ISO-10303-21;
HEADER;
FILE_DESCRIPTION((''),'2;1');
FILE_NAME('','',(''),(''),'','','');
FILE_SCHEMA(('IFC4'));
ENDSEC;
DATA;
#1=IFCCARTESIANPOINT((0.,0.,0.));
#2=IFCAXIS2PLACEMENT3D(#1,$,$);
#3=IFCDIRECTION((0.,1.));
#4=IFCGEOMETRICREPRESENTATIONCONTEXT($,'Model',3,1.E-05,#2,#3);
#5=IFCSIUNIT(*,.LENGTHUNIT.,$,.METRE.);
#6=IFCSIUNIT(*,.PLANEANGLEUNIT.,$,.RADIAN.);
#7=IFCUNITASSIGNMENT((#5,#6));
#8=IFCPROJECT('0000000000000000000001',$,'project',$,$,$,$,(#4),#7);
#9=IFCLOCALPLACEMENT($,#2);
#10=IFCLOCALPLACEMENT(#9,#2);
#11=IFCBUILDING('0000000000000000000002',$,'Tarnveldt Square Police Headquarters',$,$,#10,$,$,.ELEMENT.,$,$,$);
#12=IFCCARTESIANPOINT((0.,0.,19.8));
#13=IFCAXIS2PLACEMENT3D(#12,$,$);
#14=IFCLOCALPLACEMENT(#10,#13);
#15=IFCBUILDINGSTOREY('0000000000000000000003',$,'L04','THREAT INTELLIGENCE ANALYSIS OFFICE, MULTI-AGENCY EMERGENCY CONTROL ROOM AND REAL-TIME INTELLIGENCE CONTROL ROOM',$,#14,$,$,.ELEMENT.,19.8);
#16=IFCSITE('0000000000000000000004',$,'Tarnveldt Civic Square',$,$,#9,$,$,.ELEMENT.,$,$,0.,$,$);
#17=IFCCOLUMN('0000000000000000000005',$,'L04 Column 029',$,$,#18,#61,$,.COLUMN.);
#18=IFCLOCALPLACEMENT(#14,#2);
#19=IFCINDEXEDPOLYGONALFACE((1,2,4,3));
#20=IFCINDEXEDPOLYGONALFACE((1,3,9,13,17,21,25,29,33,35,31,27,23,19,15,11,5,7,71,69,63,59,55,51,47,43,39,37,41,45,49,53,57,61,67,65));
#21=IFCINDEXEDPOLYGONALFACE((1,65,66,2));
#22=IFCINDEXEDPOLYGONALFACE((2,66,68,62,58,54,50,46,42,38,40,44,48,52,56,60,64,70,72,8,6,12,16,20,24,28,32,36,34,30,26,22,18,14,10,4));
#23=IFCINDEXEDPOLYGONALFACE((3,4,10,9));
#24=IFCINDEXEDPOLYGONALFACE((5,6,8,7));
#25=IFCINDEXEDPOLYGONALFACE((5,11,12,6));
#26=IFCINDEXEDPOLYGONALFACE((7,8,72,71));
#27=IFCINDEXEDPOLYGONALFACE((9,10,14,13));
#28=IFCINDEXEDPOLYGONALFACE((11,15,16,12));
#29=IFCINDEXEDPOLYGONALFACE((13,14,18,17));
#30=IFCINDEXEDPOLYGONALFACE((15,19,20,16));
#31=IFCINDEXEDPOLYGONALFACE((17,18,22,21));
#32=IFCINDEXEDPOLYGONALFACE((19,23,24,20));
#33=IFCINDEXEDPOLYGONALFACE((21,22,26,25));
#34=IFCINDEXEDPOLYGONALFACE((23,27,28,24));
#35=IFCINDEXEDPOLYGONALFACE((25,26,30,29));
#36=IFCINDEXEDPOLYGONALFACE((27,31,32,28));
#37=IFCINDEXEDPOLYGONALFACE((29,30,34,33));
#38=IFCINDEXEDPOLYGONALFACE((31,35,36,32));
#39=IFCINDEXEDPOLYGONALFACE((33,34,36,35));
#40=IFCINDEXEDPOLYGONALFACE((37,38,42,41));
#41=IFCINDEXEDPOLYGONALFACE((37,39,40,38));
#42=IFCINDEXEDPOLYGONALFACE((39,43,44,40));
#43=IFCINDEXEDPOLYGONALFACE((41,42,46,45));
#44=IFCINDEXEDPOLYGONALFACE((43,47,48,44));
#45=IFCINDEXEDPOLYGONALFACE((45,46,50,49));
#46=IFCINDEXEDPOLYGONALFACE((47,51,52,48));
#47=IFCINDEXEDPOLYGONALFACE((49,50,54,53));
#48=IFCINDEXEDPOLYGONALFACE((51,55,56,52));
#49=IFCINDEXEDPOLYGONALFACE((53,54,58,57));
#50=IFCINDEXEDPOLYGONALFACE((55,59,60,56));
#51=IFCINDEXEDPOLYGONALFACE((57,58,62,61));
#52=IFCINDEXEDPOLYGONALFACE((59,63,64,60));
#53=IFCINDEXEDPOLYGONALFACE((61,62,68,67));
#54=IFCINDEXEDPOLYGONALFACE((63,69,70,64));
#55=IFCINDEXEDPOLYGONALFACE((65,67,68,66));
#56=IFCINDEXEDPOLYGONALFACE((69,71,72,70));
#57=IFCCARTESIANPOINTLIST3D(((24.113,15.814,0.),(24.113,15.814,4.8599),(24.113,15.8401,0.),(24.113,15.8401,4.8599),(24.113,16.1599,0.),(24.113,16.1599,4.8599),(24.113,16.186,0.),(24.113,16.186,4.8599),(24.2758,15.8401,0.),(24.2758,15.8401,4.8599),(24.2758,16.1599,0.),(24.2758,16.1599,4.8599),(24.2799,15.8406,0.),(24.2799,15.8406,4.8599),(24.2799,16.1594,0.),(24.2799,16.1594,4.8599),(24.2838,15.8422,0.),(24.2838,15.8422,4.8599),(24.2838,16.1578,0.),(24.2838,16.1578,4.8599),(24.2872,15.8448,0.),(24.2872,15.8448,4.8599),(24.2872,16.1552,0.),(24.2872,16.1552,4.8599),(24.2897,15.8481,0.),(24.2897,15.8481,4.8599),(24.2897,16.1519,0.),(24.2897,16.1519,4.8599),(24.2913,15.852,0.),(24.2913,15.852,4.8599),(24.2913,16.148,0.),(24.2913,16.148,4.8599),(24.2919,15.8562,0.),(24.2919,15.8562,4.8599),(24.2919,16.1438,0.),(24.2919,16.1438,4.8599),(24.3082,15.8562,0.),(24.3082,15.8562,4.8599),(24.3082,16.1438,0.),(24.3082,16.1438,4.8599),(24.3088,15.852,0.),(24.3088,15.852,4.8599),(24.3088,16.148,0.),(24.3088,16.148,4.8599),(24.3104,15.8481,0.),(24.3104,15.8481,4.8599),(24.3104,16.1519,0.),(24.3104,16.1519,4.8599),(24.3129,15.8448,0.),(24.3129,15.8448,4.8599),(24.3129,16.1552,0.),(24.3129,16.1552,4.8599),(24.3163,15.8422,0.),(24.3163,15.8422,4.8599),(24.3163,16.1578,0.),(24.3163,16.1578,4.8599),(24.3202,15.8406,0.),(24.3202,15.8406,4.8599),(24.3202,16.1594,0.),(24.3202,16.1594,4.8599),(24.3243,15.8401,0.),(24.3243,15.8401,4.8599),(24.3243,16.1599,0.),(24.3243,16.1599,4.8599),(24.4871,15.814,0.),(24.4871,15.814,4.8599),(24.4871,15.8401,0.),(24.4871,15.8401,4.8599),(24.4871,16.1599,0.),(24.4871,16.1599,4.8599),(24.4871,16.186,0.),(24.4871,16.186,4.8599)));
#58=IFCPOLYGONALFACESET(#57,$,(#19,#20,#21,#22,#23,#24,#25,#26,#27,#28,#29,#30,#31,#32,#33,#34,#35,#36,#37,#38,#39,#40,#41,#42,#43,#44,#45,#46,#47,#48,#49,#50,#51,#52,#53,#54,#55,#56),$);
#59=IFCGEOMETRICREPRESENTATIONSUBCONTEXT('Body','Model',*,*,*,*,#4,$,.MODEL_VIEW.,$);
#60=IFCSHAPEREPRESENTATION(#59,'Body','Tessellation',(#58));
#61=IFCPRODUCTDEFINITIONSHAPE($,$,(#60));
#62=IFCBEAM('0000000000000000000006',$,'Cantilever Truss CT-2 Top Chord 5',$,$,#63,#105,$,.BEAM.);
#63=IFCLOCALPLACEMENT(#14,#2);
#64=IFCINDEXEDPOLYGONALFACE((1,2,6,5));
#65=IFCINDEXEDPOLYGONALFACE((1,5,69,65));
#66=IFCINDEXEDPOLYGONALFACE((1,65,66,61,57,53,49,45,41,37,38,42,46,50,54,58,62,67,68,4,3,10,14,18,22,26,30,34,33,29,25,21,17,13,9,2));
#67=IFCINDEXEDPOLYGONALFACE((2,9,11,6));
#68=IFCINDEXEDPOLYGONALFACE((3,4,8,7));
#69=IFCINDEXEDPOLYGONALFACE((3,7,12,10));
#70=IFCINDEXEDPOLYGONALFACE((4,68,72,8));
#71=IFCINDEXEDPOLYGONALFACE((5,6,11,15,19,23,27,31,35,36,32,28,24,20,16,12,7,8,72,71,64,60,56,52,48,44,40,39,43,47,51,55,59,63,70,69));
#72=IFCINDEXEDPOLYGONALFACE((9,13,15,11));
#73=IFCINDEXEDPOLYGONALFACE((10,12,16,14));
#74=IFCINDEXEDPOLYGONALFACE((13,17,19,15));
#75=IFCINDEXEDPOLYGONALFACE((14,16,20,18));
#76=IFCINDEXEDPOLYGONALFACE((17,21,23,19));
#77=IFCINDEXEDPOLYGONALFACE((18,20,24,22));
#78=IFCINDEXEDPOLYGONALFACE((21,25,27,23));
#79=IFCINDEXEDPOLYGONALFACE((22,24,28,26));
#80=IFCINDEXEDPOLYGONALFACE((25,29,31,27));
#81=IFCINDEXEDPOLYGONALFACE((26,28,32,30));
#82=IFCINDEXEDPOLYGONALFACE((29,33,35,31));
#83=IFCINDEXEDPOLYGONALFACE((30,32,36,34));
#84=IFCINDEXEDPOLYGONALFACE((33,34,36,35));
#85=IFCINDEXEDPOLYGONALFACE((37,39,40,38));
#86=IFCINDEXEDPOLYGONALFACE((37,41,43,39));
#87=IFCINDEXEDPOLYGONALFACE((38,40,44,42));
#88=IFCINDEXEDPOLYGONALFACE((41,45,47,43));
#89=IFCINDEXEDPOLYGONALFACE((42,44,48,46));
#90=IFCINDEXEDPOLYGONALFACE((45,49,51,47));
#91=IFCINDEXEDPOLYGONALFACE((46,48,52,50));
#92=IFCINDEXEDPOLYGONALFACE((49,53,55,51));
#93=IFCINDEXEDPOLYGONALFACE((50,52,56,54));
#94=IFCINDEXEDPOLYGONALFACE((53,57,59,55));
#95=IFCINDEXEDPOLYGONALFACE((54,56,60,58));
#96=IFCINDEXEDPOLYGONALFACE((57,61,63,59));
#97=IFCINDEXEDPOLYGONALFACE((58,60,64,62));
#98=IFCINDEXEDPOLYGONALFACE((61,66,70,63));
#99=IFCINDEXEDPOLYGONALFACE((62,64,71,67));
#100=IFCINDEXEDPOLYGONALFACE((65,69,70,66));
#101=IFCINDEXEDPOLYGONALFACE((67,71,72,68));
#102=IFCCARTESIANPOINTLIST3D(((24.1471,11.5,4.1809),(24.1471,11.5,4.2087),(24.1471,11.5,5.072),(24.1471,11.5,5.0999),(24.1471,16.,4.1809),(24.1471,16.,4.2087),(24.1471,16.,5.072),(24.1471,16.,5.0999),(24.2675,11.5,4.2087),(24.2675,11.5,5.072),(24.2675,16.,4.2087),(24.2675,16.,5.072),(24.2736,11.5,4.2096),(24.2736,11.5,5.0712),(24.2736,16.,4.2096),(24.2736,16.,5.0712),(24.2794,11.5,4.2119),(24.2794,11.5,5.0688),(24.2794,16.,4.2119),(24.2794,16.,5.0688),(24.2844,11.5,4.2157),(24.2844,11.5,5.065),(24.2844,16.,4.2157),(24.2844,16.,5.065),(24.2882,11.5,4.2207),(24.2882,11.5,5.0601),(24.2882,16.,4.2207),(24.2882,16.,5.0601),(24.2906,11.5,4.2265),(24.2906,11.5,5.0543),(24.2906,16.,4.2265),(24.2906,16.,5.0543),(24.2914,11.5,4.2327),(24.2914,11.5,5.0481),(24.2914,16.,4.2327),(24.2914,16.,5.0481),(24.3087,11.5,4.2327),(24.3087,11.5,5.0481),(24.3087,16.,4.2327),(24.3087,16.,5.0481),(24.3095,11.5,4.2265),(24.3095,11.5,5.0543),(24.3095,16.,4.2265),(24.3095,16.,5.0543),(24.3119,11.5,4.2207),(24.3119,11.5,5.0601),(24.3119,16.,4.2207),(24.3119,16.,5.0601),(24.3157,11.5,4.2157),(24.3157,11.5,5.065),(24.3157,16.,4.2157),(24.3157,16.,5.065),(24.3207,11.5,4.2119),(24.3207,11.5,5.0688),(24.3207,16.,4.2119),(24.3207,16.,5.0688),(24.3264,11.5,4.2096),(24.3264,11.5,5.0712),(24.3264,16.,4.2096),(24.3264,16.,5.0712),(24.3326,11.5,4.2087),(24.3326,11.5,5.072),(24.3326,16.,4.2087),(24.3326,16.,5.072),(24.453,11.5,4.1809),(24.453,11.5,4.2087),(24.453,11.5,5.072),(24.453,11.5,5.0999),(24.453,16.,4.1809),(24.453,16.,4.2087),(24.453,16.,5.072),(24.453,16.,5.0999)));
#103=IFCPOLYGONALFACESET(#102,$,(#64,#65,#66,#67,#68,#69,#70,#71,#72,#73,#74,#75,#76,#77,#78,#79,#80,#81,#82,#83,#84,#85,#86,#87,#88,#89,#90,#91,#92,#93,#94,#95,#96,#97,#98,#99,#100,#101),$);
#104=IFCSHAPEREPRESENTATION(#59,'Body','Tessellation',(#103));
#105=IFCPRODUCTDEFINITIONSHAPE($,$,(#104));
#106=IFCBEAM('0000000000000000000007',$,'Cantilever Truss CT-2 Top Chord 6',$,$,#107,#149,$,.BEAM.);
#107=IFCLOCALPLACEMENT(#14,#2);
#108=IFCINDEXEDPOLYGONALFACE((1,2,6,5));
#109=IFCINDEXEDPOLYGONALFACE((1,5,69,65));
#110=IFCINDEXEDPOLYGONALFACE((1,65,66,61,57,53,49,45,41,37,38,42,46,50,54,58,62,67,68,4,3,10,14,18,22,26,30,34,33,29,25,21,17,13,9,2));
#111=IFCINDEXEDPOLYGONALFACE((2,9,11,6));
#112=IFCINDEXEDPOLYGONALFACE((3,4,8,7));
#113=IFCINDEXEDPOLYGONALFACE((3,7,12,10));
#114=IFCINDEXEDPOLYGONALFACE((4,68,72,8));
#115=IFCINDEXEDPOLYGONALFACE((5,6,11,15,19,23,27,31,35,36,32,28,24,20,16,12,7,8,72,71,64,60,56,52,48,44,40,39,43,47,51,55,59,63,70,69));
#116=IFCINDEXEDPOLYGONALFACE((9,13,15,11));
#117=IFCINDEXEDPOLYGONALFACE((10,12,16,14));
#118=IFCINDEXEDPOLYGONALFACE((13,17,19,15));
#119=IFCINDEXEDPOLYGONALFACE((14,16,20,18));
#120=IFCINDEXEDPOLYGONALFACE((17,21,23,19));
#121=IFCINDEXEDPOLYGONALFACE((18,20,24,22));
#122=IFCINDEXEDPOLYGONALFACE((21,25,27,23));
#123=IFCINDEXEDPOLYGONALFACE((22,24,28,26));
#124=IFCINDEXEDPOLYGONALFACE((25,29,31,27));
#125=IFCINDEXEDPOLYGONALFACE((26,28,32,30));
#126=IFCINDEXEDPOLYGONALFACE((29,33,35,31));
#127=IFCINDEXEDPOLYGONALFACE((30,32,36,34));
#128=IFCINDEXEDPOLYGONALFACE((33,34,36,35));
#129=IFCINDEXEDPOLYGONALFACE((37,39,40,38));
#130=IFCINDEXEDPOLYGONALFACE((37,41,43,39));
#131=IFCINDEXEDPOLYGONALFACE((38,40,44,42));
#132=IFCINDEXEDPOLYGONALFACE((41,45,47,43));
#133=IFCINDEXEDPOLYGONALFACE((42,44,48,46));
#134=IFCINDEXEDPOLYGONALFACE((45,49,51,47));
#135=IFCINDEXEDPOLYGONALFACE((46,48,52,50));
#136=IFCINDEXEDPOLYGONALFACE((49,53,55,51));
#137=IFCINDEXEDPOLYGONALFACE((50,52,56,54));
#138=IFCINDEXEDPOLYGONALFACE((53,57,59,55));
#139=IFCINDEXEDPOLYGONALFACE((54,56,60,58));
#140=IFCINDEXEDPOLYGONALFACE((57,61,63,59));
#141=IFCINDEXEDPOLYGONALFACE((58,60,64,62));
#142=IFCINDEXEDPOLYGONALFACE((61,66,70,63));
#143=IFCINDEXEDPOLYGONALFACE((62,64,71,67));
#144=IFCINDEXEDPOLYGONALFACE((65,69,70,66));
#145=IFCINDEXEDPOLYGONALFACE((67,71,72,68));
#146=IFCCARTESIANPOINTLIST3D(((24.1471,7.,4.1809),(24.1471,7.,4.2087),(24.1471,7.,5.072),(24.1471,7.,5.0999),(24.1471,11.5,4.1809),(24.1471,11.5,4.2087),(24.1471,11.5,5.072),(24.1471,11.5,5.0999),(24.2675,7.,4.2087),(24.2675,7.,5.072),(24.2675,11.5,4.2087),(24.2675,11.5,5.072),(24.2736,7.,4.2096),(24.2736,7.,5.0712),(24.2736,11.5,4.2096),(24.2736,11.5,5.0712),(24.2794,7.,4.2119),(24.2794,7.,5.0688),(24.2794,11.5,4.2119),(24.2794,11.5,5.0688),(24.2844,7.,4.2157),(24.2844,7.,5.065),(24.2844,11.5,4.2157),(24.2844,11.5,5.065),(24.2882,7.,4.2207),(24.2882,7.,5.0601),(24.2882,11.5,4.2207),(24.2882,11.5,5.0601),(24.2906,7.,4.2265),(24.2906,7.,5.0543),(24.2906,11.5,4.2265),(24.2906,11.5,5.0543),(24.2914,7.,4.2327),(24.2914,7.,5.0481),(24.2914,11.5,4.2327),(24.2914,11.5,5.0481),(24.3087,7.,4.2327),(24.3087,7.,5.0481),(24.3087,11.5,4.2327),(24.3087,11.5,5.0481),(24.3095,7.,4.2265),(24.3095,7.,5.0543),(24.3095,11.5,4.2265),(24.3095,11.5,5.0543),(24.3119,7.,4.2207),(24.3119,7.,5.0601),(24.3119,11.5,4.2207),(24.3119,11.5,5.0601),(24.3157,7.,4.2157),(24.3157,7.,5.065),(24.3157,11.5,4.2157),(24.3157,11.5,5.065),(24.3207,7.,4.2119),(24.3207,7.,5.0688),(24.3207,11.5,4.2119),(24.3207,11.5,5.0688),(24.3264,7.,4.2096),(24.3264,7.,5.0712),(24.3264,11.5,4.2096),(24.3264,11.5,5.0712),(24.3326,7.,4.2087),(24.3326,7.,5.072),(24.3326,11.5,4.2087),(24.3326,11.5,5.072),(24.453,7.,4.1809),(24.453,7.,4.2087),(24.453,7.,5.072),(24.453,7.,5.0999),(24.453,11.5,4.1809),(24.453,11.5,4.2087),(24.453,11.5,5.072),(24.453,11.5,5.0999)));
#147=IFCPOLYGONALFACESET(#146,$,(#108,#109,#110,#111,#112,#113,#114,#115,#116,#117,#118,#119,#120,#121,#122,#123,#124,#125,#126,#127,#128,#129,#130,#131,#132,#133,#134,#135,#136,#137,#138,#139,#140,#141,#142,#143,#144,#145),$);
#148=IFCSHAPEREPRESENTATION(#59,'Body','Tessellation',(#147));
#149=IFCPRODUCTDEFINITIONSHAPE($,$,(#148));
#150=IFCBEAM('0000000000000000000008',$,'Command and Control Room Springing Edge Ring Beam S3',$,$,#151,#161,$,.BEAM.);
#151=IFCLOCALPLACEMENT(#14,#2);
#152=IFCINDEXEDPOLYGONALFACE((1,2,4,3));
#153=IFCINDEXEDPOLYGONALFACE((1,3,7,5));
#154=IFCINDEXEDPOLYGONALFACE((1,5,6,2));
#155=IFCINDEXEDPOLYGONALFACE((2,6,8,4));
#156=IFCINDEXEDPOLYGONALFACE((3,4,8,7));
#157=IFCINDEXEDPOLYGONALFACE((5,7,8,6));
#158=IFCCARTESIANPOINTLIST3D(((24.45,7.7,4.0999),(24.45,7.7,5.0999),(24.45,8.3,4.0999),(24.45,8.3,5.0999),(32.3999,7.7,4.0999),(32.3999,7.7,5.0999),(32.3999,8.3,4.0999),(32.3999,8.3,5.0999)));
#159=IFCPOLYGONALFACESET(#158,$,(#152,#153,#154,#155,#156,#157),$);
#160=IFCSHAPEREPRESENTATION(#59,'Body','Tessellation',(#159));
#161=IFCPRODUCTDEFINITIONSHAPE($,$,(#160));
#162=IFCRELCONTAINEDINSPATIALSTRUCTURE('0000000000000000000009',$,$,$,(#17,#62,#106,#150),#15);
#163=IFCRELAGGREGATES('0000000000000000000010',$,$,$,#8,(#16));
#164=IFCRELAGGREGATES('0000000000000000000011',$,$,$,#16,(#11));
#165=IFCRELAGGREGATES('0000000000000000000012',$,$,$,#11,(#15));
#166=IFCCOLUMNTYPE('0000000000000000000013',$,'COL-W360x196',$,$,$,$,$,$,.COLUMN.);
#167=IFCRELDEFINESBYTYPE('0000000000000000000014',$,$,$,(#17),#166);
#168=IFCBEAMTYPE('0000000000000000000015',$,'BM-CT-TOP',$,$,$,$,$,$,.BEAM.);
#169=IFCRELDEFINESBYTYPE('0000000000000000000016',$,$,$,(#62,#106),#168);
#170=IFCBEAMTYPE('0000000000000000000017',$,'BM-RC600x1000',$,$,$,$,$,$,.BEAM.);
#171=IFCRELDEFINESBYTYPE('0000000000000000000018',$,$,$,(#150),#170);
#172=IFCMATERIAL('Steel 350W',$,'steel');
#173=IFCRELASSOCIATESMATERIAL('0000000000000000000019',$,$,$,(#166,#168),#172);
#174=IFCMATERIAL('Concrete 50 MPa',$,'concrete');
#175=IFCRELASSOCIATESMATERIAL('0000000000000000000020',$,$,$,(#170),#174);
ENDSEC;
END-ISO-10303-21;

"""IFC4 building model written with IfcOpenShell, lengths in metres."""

from ifc_helpers import new_model, si_unit, direction, frame, origin, origin_2d, place, context, subcontext, project, spatial, rectangle, i_section, extrude, material, material_profile, profile_set, type_object, element, save


model = new_model("IFC4")

# Units and contexts
model_context = context("Model", 3, precision=1e-05, world=origin(), true_north=direction((0.0, 1.0)))
body_context = subcontext(model_context, "Body", "Model", "MODEL_VIEW")
ifc_project = project(units=[si_unit("LENGTHUNIT", "METRE"), si_unit("PLANEANGLEUNIT", "RADIAN")], contexts=[model_context])

# Site, building, storey
site_placement = place(None, origin())
site = spatial("IfcSite", under=ifc_project, at=site_placement, Name="Tarnveldt Civic Square", CompositionType="ELEMENT", RefElevation=0.0)
building_placement = place(site_placement, origin())
building = spatial("IfcBuilding", under=site, at=building_placement, Name="Tarnveldt Square Police Headquarters", CompositionType="ELEMENT")
storey_placement = place(building_placement, frame((0.0, 0.0, 19.8)))
storey = spatial("IfcBuildingStorey", under=building, at=storey_placement, Name="L04", Description="THREAT INTELLIGENCE ANALYSIS OFFICE, MULTI-AGENCY EMERGENCY CONTROL ROOM AND REAL-TIME INTELLIGENCE CONTROL ROOM", CompositionType="ELEMENT", Elevation=19.8)

# Column
ifc_material_1 = material(Name="Steel 350W", Category="steel")
ifc_material_profile_1 = material_profile(ifc_material_1, i_section(OverallWidth=0.374, OverallDepth=0.3721, WebThickness=0.0164, FlangeThickness=0.0261, FilletRadius=0.0161, at=origin_2d()), Name="W360x196")
ifc_profile_set_1 = profile_set([ifc_material_profile_1], Name="Steel 350W")
column_type = type_object("IfcColumnType", Name="COL-W360x196", PredefinedType="COLUMN", material=ifc_profile_set_1)
column_placement = place(storey_placement, frame((24.3, 16.0, 0.0), z_axis=(0.0, 0.0, 1.0), x_axis=(1.0, 0.0, 0.0)))
element("IfcColumn", 1, at=column_placement, inside=storey, type_object=column_type, Name="L04 Column 029", PredefinedType="COLUMN", context=body_context, shape_type="SweptSolid", body=[
    extrude(i_section(OverallWidth=0.374, OverallDepth=0.3721, WebThickness=0.0164, FlangeThickness=0.0261, FilletRadius=0.0161, at=origin_2d()), origin(), (0.0, 0.0, 1.0), 4.8599),
])

# Beams
ifc_material_profile_2 = material_profile(ifc_material_1, i_section(OverallWidth=0.3059, OverallDepth=0.9189, WebThickness=0.0173, FlangeThickness=0.0278, FilletRadius=0.0239, at=origin_2d()), Name="W920x253")
ifc_profile_set_2 = profile_set([ifc_material_profile_2], Name="Steel 350W")
beam_type_1 = type_object("IfcBeamType", Name="BM-CT-TOP", PredefinedType="BEAM", material=ifc_profile_set_2)
for number, where, z_axis, x_axis, name in (
    (2, (24.3, 16.0, 4.6404), (0.0, -1.0, 0.0), (1.0, 0.0, 0.0), "Cantilever Truss CT-2 Top Chord 5"),
    (3, (24.3, 11.5, 4.6404), (0.0, -1.0, 0.0), (1.0, 0.0, 0.0), "Cantilever Truss CT-2 Top Chord 6"),
):
    element("IfcBeam", number, at=place(storey_placement, frame(where, z_axis=z_axis, x_axis=x_axis)), inside=storey, type_object=beam_type_1, Name=name, PredefinedType="BEAM", context=body_context, shape_type="SweptSolid", body=[
        extrude(i_section(OverallWidth=0.3059, OverallDepth=0.9189, WebThickness=0.0173, FlangeThickness=0.0278, FilletRadius=0.0239, at=origin_2d()), origin(), (0.0, 0.0, 1.0), 4.5),
    ])
ifc_material_2 = material(Name="Concrete 50 MPa", Category="concrete")
ifc_material_profile_3 = material_profile(ifc_material_2, rectangle(XDim=0.6001, YDim=1.0, at=origin_2d()), Name="RC-B600x1000")
ifc_profile_set_3 = profile_set([ifc_material_profile_3], Name="Concrete 50 MPa")
beam_type_2 = type_object("IfcBeamType", Name="BM-RC600x1000", PredefinedType="BEAM", material=ifc_profile_set_3)
beam_placement = place(storey_placement, frame((24.45, 8.0, 4.5999), z_axis=(1.0, 0.0, 0.0), x_axis=(0.0, 1.0, 0.0)))
element("IfcBeam", 4, at=beam_placement, inside=storey, type_object=beam_type_2, Name="Command and Control Room Springing Edge Ring Beam S3", PredefinedType="BEAM", context=body_context, shape_type="SweptSolid", body=[
    extrude(rectangle(XDim=0.6001, YDim=1.0, at=origin_2d()), origin(), (0.0, 0.0, 1.0), 7.95),
])

save(model, "model.ifc")
